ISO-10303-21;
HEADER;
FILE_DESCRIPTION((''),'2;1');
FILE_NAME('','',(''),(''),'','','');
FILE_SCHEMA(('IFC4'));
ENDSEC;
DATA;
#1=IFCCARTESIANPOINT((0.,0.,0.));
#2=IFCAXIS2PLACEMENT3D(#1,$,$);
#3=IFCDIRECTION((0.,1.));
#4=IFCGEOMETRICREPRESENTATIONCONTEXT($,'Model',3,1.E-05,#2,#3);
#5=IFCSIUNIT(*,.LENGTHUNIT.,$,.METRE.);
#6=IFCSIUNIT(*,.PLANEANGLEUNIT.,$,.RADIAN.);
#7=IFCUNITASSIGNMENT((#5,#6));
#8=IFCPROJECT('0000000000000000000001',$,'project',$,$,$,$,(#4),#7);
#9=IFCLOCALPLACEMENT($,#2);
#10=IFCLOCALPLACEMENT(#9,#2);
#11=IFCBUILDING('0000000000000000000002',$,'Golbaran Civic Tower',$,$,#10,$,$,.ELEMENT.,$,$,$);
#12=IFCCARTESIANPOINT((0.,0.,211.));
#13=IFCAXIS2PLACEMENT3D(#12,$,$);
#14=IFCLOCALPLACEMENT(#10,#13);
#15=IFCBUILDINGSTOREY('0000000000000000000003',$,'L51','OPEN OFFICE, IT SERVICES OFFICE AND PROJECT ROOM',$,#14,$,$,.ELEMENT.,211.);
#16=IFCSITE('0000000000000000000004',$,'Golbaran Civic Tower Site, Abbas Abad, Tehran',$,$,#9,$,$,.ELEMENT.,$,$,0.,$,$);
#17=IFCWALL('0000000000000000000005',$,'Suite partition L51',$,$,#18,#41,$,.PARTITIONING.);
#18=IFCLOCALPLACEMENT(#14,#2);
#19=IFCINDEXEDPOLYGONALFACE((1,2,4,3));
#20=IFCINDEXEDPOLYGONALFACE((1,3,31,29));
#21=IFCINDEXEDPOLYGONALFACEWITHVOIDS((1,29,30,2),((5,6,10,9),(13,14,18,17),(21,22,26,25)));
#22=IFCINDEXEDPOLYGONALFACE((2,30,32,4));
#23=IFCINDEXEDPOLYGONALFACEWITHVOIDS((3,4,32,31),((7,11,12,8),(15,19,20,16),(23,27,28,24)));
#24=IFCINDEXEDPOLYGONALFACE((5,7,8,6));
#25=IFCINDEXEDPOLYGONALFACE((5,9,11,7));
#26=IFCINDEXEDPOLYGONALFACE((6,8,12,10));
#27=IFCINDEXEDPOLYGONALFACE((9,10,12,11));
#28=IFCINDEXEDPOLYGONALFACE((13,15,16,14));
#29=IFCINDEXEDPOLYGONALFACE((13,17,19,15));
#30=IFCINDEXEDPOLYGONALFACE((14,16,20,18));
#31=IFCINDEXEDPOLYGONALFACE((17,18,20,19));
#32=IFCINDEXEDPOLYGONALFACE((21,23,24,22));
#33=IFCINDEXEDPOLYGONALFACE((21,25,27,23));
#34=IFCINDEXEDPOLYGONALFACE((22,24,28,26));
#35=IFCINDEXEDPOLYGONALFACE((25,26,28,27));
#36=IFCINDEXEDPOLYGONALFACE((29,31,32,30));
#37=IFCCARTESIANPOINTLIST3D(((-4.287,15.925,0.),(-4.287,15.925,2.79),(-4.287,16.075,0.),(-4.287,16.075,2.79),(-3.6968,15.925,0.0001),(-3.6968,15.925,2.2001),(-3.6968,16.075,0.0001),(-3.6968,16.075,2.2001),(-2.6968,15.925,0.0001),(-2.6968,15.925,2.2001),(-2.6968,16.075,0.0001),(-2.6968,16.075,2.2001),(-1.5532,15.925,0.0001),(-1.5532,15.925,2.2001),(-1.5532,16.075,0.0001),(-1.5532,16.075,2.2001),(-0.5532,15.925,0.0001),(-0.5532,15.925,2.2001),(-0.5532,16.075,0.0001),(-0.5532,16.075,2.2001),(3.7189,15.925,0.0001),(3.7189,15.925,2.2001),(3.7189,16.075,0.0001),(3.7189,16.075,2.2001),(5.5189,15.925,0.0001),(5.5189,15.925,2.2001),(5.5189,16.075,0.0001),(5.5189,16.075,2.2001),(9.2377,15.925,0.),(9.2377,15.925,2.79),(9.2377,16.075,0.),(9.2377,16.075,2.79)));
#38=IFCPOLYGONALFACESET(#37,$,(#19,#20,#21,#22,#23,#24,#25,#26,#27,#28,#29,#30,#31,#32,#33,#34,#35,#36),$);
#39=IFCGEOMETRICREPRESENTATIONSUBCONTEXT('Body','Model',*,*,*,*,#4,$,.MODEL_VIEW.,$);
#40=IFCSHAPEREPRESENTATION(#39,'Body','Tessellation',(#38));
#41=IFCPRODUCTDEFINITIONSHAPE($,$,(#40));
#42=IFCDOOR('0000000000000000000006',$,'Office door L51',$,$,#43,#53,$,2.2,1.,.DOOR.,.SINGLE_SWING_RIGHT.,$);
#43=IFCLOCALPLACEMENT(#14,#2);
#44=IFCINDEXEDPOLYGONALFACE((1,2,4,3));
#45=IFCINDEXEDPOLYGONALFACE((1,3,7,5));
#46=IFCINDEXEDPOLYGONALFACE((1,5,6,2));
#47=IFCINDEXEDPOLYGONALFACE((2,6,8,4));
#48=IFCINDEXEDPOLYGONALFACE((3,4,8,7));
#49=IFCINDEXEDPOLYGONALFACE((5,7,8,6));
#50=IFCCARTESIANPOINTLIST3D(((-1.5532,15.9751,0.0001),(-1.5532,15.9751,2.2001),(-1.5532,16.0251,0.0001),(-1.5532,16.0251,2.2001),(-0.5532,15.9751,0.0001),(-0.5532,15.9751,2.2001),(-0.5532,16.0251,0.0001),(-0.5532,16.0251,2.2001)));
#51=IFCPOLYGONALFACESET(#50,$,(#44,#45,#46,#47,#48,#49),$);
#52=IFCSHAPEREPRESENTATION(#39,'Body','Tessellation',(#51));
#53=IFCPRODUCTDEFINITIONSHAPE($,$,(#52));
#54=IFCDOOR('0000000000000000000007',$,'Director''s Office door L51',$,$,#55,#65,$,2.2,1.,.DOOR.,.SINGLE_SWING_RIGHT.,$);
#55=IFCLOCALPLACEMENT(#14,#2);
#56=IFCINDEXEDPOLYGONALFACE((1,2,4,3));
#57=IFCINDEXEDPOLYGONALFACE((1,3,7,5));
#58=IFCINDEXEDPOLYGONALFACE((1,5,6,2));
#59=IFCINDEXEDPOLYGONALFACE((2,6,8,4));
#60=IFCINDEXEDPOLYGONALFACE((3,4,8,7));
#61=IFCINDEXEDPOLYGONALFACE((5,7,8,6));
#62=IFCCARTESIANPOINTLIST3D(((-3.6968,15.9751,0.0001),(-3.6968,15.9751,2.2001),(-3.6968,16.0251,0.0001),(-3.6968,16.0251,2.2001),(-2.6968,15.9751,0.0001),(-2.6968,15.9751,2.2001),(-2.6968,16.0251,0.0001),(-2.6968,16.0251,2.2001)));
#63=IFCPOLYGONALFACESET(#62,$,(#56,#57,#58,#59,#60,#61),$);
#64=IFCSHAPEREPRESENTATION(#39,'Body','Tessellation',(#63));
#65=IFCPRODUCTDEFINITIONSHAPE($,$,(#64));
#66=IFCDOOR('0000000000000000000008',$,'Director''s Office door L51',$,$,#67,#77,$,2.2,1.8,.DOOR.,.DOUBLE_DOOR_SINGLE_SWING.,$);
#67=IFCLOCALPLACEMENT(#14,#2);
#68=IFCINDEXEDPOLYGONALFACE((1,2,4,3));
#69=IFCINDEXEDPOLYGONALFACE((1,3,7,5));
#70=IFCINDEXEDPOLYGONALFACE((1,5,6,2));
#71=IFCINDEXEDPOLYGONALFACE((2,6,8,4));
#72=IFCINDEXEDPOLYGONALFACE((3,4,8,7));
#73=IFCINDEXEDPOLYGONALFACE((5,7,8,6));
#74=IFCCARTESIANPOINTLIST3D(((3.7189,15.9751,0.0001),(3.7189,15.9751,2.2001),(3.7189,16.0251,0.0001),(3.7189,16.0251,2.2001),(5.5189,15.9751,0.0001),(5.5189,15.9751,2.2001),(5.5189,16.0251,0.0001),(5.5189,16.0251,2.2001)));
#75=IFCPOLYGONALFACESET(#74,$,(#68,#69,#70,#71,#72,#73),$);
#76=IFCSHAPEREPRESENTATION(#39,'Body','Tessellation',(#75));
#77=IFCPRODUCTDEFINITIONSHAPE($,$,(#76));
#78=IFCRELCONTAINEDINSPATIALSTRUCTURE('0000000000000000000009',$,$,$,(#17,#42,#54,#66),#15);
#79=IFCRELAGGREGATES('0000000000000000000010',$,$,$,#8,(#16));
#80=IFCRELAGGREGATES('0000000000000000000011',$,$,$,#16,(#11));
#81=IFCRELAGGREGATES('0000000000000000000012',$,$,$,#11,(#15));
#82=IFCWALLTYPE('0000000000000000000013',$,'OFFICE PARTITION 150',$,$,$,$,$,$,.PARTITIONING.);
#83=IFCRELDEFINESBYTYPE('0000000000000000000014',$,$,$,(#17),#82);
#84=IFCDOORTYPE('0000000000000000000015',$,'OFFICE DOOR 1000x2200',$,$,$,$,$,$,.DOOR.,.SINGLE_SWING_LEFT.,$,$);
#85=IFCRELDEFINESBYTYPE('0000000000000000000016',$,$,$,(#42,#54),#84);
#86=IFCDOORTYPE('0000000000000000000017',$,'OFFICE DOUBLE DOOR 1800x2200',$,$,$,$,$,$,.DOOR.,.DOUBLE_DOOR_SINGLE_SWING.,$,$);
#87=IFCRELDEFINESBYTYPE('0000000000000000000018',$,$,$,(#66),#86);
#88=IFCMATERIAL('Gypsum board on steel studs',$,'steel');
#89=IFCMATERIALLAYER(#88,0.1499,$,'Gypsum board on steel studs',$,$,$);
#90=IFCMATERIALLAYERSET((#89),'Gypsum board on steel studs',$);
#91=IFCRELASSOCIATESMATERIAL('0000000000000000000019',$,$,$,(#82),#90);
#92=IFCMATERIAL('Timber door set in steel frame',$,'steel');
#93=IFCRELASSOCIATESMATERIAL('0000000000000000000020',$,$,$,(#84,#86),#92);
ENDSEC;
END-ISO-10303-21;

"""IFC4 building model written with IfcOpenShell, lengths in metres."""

from ifc_helpers import new_model, si_unit, direction, frame, frame_2d, origin, place, context, subcontext, project, spatial, rectangle, extrude, material, layer, layer_set, type_object, element, fill, save


model = new_model("IFC4")

# Units and contexts
model_context = context("Model", 3, precision=1e-05, world=origin(), true_north=direction((0.0, 1.0)))
body_context = subcontext(model_context, "Body", "Model", "MODEL_VIEW")
ifc_project = project(units=[si_unit("LENGTHUNIT", "METRE"), si_unit("PLANEANGLEUNIT", "RADIAN")], contexts=[model_context])

# Site, building, storey
site_placement = place(None, origin())
site = spatial("IfcSite", under=ifc_project, at=site_placement, Name="Golbaran Civic Tower Site, Abbas Abad, Tehran", CompositionType="ELEMENT", RefElevation=0.0)
building_placement = place(site_placement, origin())
building = spatial("IfcBuilding", under=site, at=building_placement, Name="Golbaran Civic Tower", CompositionType="ELEMENT")
storey_placement = place(building_placement, frame((0.0, 0.0, 211.0)))
storey = spatial("IfcBuildingStorey", under=building, at=storey_placement, Name="L51", Description="OPEN OFFICE, IT SERVICES OFFICE AND PROJECT ROOM", CompositionType="ELEMENT", Elevation=211.0)

# Wall, openings, doors
ifc_material_1 = material(Name="Gypsum board on steel studs", Category="steel")
ifc_layer_1 = layer(ifc_material_1, 0.1499, Name="Gypsum board on steel studs")
ifc_layer_set_1 = layer_set([ifc_layer_1], Name="Gypsum board on steel studs")
wall_type = type_object("IfcWallType", Name="OFFICE PARTITION 150", PredefinedType="PARTITIONING", material=ifc_layer_set_1)
wall_placement = place(storey_placement, frame((9.2375, 16.0, 0.0), z_axis=(0.0, 0.0, 1.0), x_axis=(-1.0, 0.0, 0.0)))
wall = element("IfcWall", 1, at=wall_placement, inside=storey, type_object=wall_type, Name="Suite partition L51", PredefinedType="PARTITIONING", context=body_context, shape_type="SweptSolid", body=[
    extrude(rectangle(XDim=13.5247, YDim=0.1499, at=frame_2d((6.7622, 0.0))), origin(), (0.0, 0.0, 1.0), 2.79),
])
opening_1_placement = place(wall_placement, frame((3.7188, 0.0, 0.0)))
opening_1 = element("IfcOpeningElement", 2, at=opening_1_placement, cuts=wall, PredefinedType="OPENING", context=body_context, shape_type="SweptSolid", body=[
    extrude(rectangle(XDim=1.8, YDim=2.2, at=frame_2d((0.8999, 1.1001))), frame((0.0, 0.085, 0.0), z_axis=(0.0, -1.0, 0.0), x_axis=(1.0, 0.0, 0.0)), (0.0, 0.0, 1.0), 0.1699),
])
opening_2_placement = place(wall_placement, frame((9.7908, 0.0, 0.0)))
opening_2 = element("IfcOpeningElement", 3, at=opening_2_placement, cuts=wall, PredefinedType="OPENING", context=body_context, shape_type="SweptSolid", body=[
    extrude(rectangle(XDim=1.0, YDim=2.2, at=frame_2d((0.5, 1.1001))), frame((0.0, 0.085, 0.0), z_axis=(0.0, -1.0, 0.0), x_axis=(1.0, 0.0, 0.0)), (0.0, 0.0, 1.0), 0.1699),
])
opening_3_placement = place(wall_placement, frame((11.9343, 0.0, 0.0)))
opening_3 = element("IfcOpeningElement", 4, at=opening_3_placement, cuts=wall, PredefinedType="OPENING", context=body_context, shape_type="SweptSolid", body=[
    extrude(rectangle(XDim=1.0, YDim=2.2, at=frame_2d((0.5, 1.1001))), frame((0.0, 0.085, 0.0), z_axis=(0.0, -1.0, 0.0), x_axis=(1.0, 0.0, 0.0)), (0.0, 0.0, 1.0), 0.1699),
])
ifc_material_2 = material(Name="Timber door set in steel frame", Category="steel")
door_type_1 = type_object("IfcDoorType", Name="OFFICE DOOR 1000x2200", OperationType="SINGLE_SWING_LEFT", PredefinedType="DOOR", material=ifc_material_2)
door_1_placement = place(opening_2_placement, origin())
door_1 = element("IfcDoor", 5, at=door_1_placement, inside=storey, type_object=door_type_1, Name="Office door L51", OperationType="SINGLE_SWING_RIGHT", OverallHeight=2.2, OverallWidth=1.0, PredefinedType="DOOR", context=body_context, shape_type="SweptSolid", body=[
    extrude(rectangle(XDim=1.0, YDim=2.2, at=frame_2d((0.5, 1.1001))), frame((0.0, 0.0249, 0.0), z_axis=(0.0, -1.0, 0.0), x_axis=(1.0, 0.0, 0.0)), (0.0, 0.0, 1.0), 0.05),
])
fill(opening_2, door_1)
door_2_placement = place(opening_3_placement, origin())
door_2 = element("IfcDoor", 6, at=door_2_placement, inside=storey, type_object=door_type_1, Name="Director's Office door L51", OperationType="SINGLE_SWING_RIGHT", OverallHeight=2.2, OverallWidth=1.0, PredefinedType="DOOR", context=body_context, shape_type="SweptSolid", body=[
    extrude(rectangle(XDim=1.0, YDim=2.2, at=frame_2d((0.5, 1.1001))), frame((0.0, 0.0249, 0.0), z_axis=(0.0, -1.0, 0.0), x_axis=(1.0, 0.0, 0.0)), (0.0, 0.0, 1.0), 0.05),
])
fill(opening_3, door_2)
door_type_2 = type_object("IfcDoorType", Name="OFFICE DOUBLE DOOR 1800x2200", OperationType="DOUBLE_DOOR_SINGLE_SWING", PredefinedType="DOOR", material=ifc_material_2)
door_3_placement = place(opening_1_placement, origin())
door_3 = element("IfcDoor", 7, at=door_3_placement, inside=storey, type_object=door_type_2, Name="Director's Office door L51", OperationType="DOUBLE_DOOR_SINGLE_SWING", OverallHeight=2.2, OverallWidth=1.8, PredefinedType="DOOR", context=body_context, shape_type="SweptSolid", body=[
    extrude(rectangle(XDim=1.8, YDim=2.2, at=frame_2d((0.8999, 1.1001))), frame((0.0, 0.0249, 0.0), z_axis=(0.0, -1.0, 0.0), x_axis=(1.0, 0.0, 0.0)), (0.0, 0.0, 1.0), 0.05),
])
fill(opening_1, door_3)

save(model, "model.ifc")
